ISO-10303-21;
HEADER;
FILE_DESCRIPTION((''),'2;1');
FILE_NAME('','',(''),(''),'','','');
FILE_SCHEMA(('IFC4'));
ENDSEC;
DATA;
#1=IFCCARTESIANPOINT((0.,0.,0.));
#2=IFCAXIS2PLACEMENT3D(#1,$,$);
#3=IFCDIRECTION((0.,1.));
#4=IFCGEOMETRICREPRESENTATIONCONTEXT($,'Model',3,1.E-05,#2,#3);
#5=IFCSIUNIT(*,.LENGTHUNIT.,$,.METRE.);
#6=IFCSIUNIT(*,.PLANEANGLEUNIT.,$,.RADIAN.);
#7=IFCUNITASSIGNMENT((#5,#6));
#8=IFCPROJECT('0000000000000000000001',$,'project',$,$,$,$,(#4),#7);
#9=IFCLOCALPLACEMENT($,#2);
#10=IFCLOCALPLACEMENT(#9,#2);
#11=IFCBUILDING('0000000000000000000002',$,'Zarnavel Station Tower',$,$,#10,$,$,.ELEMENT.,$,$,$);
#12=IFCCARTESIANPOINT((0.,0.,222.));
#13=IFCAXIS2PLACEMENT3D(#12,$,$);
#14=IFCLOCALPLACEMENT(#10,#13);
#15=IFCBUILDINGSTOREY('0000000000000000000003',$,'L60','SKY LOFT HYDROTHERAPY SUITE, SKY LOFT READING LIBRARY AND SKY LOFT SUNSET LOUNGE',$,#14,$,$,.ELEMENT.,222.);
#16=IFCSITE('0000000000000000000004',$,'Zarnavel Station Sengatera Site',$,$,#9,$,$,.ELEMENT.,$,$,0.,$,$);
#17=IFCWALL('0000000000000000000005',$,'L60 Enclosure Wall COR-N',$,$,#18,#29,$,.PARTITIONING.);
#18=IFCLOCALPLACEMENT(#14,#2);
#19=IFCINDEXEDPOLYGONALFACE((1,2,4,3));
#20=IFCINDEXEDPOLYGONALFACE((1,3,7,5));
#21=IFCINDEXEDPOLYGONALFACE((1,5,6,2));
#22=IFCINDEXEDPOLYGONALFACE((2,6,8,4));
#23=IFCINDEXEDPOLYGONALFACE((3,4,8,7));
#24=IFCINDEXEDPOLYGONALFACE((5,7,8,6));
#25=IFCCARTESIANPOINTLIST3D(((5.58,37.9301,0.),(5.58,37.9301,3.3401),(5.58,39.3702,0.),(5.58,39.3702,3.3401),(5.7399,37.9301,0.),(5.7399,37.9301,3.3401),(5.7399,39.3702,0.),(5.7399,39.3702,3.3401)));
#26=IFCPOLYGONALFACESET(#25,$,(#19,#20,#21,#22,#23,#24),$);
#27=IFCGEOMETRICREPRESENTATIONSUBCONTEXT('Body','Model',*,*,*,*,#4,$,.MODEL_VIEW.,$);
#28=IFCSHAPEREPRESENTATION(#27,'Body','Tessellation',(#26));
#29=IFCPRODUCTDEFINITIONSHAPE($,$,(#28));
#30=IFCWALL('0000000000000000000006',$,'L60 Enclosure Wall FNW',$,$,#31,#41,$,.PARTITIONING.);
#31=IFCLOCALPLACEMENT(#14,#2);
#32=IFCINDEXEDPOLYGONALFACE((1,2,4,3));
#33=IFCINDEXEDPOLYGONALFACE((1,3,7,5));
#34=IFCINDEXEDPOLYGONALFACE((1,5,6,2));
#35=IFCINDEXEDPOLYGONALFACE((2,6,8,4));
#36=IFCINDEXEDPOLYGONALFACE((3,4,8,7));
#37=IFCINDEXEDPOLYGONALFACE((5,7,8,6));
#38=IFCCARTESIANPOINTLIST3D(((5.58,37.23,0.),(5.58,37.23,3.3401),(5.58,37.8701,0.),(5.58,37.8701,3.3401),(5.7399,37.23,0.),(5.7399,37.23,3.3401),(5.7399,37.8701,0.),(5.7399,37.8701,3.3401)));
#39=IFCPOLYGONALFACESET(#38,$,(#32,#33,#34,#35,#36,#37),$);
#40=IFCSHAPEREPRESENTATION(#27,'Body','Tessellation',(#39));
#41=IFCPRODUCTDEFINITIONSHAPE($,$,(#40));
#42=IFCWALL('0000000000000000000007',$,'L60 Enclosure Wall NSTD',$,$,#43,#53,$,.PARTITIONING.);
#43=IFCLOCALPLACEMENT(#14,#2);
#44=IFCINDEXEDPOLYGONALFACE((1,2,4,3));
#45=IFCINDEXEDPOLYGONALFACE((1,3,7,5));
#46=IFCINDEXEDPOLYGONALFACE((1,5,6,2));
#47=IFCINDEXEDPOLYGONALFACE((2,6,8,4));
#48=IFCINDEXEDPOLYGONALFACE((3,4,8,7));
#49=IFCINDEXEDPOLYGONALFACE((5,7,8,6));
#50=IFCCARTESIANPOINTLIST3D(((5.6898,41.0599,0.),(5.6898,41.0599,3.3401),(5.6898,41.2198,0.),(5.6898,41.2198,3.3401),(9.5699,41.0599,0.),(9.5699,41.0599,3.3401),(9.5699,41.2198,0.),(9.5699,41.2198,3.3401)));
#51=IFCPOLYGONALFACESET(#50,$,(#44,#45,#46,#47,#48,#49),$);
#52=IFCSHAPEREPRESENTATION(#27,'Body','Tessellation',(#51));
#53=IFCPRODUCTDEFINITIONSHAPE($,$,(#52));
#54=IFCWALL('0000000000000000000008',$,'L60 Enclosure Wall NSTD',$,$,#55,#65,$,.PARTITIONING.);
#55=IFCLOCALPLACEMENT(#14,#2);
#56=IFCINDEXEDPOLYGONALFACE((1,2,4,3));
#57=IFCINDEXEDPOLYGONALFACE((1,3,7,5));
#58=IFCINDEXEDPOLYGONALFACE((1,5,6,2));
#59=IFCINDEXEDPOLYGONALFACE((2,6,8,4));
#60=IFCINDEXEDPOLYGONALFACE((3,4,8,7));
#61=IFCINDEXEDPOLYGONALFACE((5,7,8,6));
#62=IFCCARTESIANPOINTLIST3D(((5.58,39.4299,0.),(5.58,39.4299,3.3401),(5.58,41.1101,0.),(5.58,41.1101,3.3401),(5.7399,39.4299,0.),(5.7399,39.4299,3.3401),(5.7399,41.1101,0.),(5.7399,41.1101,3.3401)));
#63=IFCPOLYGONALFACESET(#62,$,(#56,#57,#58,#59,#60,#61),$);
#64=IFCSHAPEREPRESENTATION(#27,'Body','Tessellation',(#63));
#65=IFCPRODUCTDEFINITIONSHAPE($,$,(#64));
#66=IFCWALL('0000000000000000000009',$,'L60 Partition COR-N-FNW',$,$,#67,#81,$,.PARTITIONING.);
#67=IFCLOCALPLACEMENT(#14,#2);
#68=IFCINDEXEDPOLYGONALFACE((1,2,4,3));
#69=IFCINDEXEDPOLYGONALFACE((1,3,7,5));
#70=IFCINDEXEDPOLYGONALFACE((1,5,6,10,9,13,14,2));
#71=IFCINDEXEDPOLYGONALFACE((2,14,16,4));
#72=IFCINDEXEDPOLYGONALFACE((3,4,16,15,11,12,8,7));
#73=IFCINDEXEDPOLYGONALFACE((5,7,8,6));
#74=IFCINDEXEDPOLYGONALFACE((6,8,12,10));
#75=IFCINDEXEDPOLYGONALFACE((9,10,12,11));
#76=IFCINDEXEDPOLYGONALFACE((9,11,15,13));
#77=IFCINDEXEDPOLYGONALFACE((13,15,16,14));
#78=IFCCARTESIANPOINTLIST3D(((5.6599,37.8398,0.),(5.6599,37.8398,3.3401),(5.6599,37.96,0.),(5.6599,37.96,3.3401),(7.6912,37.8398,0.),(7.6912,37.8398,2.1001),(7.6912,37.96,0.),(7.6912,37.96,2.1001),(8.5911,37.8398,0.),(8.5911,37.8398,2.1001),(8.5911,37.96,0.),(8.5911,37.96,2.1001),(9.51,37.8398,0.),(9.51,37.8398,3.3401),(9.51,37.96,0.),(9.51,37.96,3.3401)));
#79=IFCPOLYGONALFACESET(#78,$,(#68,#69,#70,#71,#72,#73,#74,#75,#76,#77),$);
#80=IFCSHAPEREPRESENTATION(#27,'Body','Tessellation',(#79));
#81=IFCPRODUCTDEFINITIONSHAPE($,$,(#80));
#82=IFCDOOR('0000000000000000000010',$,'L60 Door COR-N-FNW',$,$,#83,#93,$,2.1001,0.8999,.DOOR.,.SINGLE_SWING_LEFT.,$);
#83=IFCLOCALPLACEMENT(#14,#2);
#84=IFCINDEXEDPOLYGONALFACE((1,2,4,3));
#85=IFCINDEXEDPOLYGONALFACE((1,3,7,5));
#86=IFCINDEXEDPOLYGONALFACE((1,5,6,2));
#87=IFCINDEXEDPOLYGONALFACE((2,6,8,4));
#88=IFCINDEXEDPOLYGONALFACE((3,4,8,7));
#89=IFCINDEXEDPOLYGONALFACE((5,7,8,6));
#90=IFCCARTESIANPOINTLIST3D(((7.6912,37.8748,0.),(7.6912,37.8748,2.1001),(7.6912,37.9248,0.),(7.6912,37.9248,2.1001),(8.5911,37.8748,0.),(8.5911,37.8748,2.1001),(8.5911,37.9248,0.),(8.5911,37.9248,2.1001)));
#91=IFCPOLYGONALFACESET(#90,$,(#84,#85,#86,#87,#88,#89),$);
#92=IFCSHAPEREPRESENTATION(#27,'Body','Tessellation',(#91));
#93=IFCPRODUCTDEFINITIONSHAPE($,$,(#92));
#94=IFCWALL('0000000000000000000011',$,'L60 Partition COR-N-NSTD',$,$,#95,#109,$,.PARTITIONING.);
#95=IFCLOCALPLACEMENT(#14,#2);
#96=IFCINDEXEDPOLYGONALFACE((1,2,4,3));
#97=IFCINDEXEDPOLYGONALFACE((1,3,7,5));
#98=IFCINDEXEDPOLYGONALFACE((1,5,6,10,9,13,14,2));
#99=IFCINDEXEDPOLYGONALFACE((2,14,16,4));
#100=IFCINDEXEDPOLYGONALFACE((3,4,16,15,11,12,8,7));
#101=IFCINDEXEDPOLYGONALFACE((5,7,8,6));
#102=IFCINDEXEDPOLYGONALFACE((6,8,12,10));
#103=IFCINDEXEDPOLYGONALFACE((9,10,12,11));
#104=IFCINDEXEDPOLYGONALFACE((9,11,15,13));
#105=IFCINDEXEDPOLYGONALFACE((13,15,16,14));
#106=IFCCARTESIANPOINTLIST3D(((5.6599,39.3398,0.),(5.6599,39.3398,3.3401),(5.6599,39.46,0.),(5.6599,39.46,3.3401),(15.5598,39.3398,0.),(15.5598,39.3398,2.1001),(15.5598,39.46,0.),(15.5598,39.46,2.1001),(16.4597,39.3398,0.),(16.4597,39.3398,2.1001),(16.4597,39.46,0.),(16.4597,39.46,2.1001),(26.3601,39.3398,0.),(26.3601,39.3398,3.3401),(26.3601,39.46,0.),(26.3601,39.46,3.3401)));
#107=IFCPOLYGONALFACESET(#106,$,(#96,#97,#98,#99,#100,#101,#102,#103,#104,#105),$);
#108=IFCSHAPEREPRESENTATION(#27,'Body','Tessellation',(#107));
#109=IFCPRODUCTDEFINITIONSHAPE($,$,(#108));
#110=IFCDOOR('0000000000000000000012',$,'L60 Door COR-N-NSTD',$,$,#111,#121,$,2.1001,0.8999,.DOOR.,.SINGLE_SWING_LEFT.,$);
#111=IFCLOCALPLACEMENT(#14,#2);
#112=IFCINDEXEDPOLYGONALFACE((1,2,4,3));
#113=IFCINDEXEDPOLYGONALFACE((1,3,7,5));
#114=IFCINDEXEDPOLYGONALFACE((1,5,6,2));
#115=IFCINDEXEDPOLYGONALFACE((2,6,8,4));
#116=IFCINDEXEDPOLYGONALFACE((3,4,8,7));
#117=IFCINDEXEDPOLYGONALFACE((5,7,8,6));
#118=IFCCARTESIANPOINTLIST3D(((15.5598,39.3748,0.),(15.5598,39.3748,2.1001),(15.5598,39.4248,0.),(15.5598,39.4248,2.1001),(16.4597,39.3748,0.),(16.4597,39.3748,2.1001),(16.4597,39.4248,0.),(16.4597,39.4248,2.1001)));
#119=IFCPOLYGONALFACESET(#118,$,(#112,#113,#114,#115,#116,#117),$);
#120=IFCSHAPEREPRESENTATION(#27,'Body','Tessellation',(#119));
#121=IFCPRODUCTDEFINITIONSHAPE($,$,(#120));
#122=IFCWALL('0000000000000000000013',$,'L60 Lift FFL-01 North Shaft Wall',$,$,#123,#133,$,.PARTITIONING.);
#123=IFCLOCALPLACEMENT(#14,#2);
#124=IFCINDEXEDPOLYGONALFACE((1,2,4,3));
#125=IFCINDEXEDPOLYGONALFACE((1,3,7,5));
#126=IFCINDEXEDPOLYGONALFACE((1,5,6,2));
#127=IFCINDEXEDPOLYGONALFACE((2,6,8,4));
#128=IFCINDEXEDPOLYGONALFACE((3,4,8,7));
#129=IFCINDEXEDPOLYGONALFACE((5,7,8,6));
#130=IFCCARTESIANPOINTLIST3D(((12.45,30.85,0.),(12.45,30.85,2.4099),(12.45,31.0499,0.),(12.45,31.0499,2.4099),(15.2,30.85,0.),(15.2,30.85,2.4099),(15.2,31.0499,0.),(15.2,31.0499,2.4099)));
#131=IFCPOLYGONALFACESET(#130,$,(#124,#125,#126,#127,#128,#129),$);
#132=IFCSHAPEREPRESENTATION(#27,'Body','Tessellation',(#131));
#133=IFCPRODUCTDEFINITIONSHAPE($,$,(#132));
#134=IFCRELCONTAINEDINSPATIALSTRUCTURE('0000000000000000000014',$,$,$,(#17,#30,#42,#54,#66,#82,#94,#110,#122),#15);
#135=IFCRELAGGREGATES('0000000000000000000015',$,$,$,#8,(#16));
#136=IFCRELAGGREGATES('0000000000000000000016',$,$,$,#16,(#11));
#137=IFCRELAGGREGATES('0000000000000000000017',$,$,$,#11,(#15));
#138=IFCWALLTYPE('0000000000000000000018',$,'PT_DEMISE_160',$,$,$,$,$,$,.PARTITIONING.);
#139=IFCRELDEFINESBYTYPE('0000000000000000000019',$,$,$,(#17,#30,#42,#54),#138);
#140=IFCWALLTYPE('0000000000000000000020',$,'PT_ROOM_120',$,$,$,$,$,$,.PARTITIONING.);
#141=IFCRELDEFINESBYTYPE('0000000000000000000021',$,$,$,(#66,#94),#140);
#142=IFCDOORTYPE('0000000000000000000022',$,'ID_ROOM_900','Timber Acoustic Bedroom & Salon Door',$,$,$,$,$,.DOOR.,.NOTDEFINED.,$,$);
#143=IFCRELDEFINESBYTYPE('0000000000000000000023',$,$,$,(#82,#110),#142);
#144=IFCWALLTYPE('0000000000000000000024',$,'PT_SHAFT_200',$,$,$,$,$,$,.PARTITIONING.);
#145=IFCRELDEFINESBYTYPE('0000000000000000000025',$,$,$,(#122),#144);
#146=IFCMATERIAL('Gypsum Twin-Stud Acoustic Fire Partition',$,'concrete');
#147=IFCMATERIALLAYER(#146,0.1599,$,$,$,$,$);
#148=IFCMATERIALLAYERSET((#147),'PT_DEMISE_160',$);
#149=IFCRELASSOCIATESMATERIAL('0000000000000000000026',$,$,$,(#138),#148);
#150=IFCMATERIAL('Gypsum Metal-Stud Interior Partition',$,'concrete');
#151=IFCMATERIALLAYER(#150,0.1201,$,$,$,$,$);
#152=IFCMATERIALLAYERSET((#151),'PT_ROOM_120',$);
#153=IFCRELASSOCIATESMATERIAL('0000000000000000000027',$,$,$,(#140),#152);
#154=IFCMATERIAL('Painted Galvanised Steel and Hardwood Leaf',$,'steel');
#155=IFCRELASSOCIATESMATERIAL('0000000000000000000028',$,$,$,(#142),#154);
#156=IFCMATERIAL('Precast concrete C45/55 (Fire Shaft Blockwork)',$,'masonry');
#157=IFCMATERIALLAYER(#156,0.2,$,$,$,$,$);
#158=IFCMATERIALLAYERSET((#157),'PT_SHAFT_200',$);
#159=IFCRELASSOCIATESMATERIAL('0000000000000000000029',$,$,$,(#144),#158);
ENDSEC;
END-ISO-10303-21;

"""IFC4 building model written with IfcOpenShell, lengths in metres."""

from ifc_helpers import new_model, si_unit, direction, frame, frame_2d, origin, place, context, subcontext, project, spatial, rectangle, extrude, material, layer, layer_set, type_object, element, fill, save


model = new_model("IFC4")

# Units and contexts
model_context = context("Model", 3, precision=1e-05, world=origin(), true_north=direction((0.0, 1.0)))
body_context = subcontext(model_context, "Body", "Model", "MODEL_VIEW")
ifc_project = project(units=[si_unit("LENGTHUNIT", "METRE"), si_unit("PLANEANGLEUNIT", "RADIAN")], contexts=[model_context])

# Site, building, storey
site_placement = place(None, origin())
site = spatial("IfcSite", under=ifc_project, at=site_placement, Name="Zarnavel Station Sengatera Site", CompositionType="ELEMENT", RefElevation=0.0)
building_placement = place(site_placement, origin())
building = spatial("IfcBuilding", under=site, at=building_placement, Name="Zarnavel Station Tower", CompositionType="ELEMENT")
storey_placement = place(building_placement, frame((0.0, 0.0, 222.0)))
storey = spatial("IfcBuildingStorey", under=building, at=storey_placement, Name="L60", Description="SKY LOFT HYDROTHERAPY SUITE, SKY LOFT READING LIBRARY AND SKY LOFT SUNSET LOUNGE", CompositionType="ELEMENT", Elevation=222.0)

# Walls
ifc_material_1 = material(Name="Gypsum Twin-Stud Acoustic Fire Partition", Category="concrete")
ifc_layer_1 = layer(ifc_material_1, 0.1599)
ifc_layer_set_1 = layer_set([ifc_layer_1], Name="PT_DEMISE_160")
wall_type_1 = type_object("IfcWallType", Name="PT_DEMISE_160", PredefinedType="PARTITIONING", material=ifc_layer_set_1)
wall_1_placement = place(storey_placement, frame((5.6599, 37.9299, 0.0), z_axis=(0.0, 0.0, 1.0), x_axis=(0.0, 1.0, 0.0)))
element("IfcWall", 1, at=wall_1_placement, inside=storey, type_object=wall_type_1, Name="L60 Enclosure Wall COR-N", PredefinedType="PARTITIONING", context=body_context, shape_type="SweptSolid", body=[
    extrude(rectangle(XDim=1.4402, YDim=0.1599, at=frame_2d((0.7202, 0.0))), origin(), (0.0, 0.0, 1.0), 3.3401),
])
wall_2_placement = place(storey_placement, frame((5.6599, 37.23, 0.0), z_axis=(0.0, 0.0, 1.0), x_axis=(0.0, 1.0, 0.0)))
element("IfcWall", 2, at=wall_2_placement, inside=storey, type_object=wall_type_1, Name="L60 Enclosure Wall FNW", PredefinedType="PARTITIONING", context=body_context, shape_type="SweptSolid", body=[
    extrude(rectangle(XDim=0.6401, YDim=0.1599, at=frame_2d((0.3201, 0.0))), origin(), (0.0, 0.0, 1.0), 3.3401),
])
wall_3_placement = place(storey_placement, frame((5.6899, 41.1399, 0.0), z_axis=(0.0, 0.0, 1.0), x_axis=(1.0, 0.0, 0.0)))
element("IfcWall", 3, at=wall_3_placement, inside=storey, type_object=wall_type_1, Name="L60 Enclosure Wall NSTD", PredefinedType="PARTITIONING", context=body_context, shape_type="SweptSolid", body=[
    extrude(rectangle(XDim=3.8801, YDim=0.1599, at=frame_2d((1.9399, 0.0))), origin(), (0.0, 0.0, 1.0), 3.3401),
])
wall_4_placement = place(storey_placement, frame((5.6599, 39.4299, 0.0), z_axis=(0.0, 0.0, 1.0), x_axis=(0.0, 1.0, 0.0)))
element("IfcWall", 4, at=wall_4_placement, inside=storey, type_object=wall_type_1, Name="L60 Enclosure Wall NSTD", PredefinedType="PARTITIONING", context=body_context, shape_type="SweptSolid", body=[
    extrude(rectangle(XDim=1.6802, YDim=0.1599, at=frame_2d((0.8401, 0.0))), origin(), (0.0, 0.0, 1.0), 3.3401),
])

# Walls, openings, doors
ifc_material_2 = material(Name="Gypsum Metal-Stud Interior Partition", Category="concrete")
ifc_layer_2 = layer(ifc_material_2, 0.1201)
ifc_layer_set_2 = layer_set([ifc_layer_2], Name="PT_ROOM_120")
wall_type_2 = type_object("IfcWallType", Name="PT_ROOM_120", PredefinedType="PARTITIONING", material=ifc_layer_set_2)
wall_5_placement = place(storey_placement, frame((5.6599, 37.8999, 0.0), z_axis=(0.0, 0.0, 1.0), x_axis=(1.0, 0.0, 0.0)))
wall_5 = element("IfcWall", 5, at=wall_5_placement, inside=storey, type_object=wall_type_2, Name="L60 Partition COR-N-FNW", PredefinedType="PARTITIONING", context=body_context, shape_type="SweptSolid", body=[
    extrude(rectangle(XDim=3.8501, YDim=0.1201, at=frame_2d((1.925, 0.0))), origin(), (0.0, 0.0, 1.0), 3.3401),
])
opening_1_placement = place(wall_5_placement, frame((2.0312, 0.0, 0.0)))
opening_1 = element("IfcOpeningElement", 6, at=opening_1_placement, cuts=wall_5, PredefinedType="OPENING", context=body_context, shape_type="SweptSolid", body=[
    extrude(rectangle(XDim=0.8999, YDim=2.1001, at=frame_2d((0.45, 1.05))), frame((0.0, 0.0701, 0.0), z_axis=(0.0, -1.0, 0.0), x_axis=(1.0, 0.0, 0.0)), (0.0, 0.0, 1.0), 0.1401),
])
ifc_material_3 = material(Name="Painted Galvanised Steel and Hardwood Leaf", Category="steel")
door_type = type_object("IfcDoorType", Name="ID_ROOM_900", Description="Timber Acoustic Bedroom & Salon Door", OperationType="NOTDEFINED", PredefinedType="DOOR", material=ifc_material_3)
door_1_placement = place(opening_1_placement, origin())
door_1 = element("IfcDoor", 7, at=door_1_placement, inside=storey, type_object=door_type, Name="L60 Door COR-N-FNW", OperationType="SINGLE_SWING_LEFT", OverallHeight=2.1001, OverallWidth=0.8999, PredefinedType="DOOR", context=body_context, shape_type="SweptSolid", body=[
    extrude(rectangle(XDim=0.8999, YDim=2.1001, at=frame_2d((0.45, 1.05))), frame((0.0, 0.0249, 0.0), z_axis=(0.0, -1.0, 0.0), x_axis=(1.0, 0.0, 0.0)), (0.0, 0.0, 1.0), 0.05),
])
fill(opening_1, door_1)
wall_6_placement = place(storey_placement, frame((5.6599, 39.3999, 0.0), z_axis=(0.0, 0.0, 1.0), x_axis=(1.0, 0.0, 0.0)))
wall_6 = element("IfcWall", 8, at=wall_6_placement, inside=storey, type_object=wall_type_2, Name="L60 Partition COR-N-NSTD", PredefinedType="PARTITIONING", context=body_context, shape_type="SweptSolid", body=[
    extrude(rectangle(XDim=20.7002, YDim=0.1201, at=frame_2d((10.3501, 0.0))), origin(), (0.0, 0.0, 1.0), 3.3401),
])
opening_2_placement = place(wall_6_placement, frame((9.8999, 0.0, 0.0)))
opening_2 = element("IfcOpeningElement", 9, at=opening_2_placement, cuts=wall_6, PredefinedType="OPENING", context=body_context, shape_type="SweptSolid", body=[
    extrude(rectangle(XDim=0.8999, YDim=2.1001, at=frame_2d((0.45, 1.05))), frame((0.0, 0.0701, 0.0), z_axis=(0.0, -1.0, 0.0), x_axis=(1.0, 0.0, 0.0)), (0.0, 0.0, 1.0), 0.1401),
])
door_2_placement = place(opening_2_placement, origin())
door_2 = element("IfcDoor", 10, at=door_2_placement, inside=storey, type_object=door_type, Name="L60 Door COR-N-NSTD", OperationType="SINGLE_SWING_LEFT", OverallHeight=2.1001, OverallWidth=0.8999, PredefinedType="DOOR", context=body_context, shape_type="SweptSolid", body=[
    extrude(rectangle(XDim=0.8999, YDim=2.1001, at=frame_2d((0.45, 1.05))), frame((0.0, 0.0249, 0.0), z_axis=(0.0, -1.0, 0.0), x_axis=(1.0, 0.0, 0.0)), (0.0, 0.0, 1.0), 0.05),
])
fill(opening_2, door_2)

# Wall
ifc_material_4 = material(Name="Precast concrete C45/55 (Fire Shaft Blockwork)", Category="masonry")
ifc_layer_3 = layer(ifc_material_4, 0.2)
ifc_layer_set_3 = layer_set([ifc_layer_3], Name="PT_SHAFT_200")
wall_type_3 = type_object("IfcWallType", Name="PT_SHAFT_200", PredefinedType="PARTITIONING", material=ifc_layer_set_3)
wall_7_placement = place(storey_placement, frame((12.45, 30.95, 0.0), z_axis=(0.0, 0.0, 1.0), x_axis=(1.0, 0.0, 0.0)))
element("IfcWall", 11, at=wall_7_placement, inside=storey, type_object=wall_type_3, Name="L60 Lift FFL-01 North Shaft Wall", PredefinedType="PARTITIONING", context=body_context, shape_type="SweptSolid", body=[
    extrude(rectangle(XDim=2.75, YDim=0.2, at=frame_2d((1.375, 0.0))), origin(), (0.0, 0.0, 1.0), 2.4099),
])

save(model, "model.ifc")
